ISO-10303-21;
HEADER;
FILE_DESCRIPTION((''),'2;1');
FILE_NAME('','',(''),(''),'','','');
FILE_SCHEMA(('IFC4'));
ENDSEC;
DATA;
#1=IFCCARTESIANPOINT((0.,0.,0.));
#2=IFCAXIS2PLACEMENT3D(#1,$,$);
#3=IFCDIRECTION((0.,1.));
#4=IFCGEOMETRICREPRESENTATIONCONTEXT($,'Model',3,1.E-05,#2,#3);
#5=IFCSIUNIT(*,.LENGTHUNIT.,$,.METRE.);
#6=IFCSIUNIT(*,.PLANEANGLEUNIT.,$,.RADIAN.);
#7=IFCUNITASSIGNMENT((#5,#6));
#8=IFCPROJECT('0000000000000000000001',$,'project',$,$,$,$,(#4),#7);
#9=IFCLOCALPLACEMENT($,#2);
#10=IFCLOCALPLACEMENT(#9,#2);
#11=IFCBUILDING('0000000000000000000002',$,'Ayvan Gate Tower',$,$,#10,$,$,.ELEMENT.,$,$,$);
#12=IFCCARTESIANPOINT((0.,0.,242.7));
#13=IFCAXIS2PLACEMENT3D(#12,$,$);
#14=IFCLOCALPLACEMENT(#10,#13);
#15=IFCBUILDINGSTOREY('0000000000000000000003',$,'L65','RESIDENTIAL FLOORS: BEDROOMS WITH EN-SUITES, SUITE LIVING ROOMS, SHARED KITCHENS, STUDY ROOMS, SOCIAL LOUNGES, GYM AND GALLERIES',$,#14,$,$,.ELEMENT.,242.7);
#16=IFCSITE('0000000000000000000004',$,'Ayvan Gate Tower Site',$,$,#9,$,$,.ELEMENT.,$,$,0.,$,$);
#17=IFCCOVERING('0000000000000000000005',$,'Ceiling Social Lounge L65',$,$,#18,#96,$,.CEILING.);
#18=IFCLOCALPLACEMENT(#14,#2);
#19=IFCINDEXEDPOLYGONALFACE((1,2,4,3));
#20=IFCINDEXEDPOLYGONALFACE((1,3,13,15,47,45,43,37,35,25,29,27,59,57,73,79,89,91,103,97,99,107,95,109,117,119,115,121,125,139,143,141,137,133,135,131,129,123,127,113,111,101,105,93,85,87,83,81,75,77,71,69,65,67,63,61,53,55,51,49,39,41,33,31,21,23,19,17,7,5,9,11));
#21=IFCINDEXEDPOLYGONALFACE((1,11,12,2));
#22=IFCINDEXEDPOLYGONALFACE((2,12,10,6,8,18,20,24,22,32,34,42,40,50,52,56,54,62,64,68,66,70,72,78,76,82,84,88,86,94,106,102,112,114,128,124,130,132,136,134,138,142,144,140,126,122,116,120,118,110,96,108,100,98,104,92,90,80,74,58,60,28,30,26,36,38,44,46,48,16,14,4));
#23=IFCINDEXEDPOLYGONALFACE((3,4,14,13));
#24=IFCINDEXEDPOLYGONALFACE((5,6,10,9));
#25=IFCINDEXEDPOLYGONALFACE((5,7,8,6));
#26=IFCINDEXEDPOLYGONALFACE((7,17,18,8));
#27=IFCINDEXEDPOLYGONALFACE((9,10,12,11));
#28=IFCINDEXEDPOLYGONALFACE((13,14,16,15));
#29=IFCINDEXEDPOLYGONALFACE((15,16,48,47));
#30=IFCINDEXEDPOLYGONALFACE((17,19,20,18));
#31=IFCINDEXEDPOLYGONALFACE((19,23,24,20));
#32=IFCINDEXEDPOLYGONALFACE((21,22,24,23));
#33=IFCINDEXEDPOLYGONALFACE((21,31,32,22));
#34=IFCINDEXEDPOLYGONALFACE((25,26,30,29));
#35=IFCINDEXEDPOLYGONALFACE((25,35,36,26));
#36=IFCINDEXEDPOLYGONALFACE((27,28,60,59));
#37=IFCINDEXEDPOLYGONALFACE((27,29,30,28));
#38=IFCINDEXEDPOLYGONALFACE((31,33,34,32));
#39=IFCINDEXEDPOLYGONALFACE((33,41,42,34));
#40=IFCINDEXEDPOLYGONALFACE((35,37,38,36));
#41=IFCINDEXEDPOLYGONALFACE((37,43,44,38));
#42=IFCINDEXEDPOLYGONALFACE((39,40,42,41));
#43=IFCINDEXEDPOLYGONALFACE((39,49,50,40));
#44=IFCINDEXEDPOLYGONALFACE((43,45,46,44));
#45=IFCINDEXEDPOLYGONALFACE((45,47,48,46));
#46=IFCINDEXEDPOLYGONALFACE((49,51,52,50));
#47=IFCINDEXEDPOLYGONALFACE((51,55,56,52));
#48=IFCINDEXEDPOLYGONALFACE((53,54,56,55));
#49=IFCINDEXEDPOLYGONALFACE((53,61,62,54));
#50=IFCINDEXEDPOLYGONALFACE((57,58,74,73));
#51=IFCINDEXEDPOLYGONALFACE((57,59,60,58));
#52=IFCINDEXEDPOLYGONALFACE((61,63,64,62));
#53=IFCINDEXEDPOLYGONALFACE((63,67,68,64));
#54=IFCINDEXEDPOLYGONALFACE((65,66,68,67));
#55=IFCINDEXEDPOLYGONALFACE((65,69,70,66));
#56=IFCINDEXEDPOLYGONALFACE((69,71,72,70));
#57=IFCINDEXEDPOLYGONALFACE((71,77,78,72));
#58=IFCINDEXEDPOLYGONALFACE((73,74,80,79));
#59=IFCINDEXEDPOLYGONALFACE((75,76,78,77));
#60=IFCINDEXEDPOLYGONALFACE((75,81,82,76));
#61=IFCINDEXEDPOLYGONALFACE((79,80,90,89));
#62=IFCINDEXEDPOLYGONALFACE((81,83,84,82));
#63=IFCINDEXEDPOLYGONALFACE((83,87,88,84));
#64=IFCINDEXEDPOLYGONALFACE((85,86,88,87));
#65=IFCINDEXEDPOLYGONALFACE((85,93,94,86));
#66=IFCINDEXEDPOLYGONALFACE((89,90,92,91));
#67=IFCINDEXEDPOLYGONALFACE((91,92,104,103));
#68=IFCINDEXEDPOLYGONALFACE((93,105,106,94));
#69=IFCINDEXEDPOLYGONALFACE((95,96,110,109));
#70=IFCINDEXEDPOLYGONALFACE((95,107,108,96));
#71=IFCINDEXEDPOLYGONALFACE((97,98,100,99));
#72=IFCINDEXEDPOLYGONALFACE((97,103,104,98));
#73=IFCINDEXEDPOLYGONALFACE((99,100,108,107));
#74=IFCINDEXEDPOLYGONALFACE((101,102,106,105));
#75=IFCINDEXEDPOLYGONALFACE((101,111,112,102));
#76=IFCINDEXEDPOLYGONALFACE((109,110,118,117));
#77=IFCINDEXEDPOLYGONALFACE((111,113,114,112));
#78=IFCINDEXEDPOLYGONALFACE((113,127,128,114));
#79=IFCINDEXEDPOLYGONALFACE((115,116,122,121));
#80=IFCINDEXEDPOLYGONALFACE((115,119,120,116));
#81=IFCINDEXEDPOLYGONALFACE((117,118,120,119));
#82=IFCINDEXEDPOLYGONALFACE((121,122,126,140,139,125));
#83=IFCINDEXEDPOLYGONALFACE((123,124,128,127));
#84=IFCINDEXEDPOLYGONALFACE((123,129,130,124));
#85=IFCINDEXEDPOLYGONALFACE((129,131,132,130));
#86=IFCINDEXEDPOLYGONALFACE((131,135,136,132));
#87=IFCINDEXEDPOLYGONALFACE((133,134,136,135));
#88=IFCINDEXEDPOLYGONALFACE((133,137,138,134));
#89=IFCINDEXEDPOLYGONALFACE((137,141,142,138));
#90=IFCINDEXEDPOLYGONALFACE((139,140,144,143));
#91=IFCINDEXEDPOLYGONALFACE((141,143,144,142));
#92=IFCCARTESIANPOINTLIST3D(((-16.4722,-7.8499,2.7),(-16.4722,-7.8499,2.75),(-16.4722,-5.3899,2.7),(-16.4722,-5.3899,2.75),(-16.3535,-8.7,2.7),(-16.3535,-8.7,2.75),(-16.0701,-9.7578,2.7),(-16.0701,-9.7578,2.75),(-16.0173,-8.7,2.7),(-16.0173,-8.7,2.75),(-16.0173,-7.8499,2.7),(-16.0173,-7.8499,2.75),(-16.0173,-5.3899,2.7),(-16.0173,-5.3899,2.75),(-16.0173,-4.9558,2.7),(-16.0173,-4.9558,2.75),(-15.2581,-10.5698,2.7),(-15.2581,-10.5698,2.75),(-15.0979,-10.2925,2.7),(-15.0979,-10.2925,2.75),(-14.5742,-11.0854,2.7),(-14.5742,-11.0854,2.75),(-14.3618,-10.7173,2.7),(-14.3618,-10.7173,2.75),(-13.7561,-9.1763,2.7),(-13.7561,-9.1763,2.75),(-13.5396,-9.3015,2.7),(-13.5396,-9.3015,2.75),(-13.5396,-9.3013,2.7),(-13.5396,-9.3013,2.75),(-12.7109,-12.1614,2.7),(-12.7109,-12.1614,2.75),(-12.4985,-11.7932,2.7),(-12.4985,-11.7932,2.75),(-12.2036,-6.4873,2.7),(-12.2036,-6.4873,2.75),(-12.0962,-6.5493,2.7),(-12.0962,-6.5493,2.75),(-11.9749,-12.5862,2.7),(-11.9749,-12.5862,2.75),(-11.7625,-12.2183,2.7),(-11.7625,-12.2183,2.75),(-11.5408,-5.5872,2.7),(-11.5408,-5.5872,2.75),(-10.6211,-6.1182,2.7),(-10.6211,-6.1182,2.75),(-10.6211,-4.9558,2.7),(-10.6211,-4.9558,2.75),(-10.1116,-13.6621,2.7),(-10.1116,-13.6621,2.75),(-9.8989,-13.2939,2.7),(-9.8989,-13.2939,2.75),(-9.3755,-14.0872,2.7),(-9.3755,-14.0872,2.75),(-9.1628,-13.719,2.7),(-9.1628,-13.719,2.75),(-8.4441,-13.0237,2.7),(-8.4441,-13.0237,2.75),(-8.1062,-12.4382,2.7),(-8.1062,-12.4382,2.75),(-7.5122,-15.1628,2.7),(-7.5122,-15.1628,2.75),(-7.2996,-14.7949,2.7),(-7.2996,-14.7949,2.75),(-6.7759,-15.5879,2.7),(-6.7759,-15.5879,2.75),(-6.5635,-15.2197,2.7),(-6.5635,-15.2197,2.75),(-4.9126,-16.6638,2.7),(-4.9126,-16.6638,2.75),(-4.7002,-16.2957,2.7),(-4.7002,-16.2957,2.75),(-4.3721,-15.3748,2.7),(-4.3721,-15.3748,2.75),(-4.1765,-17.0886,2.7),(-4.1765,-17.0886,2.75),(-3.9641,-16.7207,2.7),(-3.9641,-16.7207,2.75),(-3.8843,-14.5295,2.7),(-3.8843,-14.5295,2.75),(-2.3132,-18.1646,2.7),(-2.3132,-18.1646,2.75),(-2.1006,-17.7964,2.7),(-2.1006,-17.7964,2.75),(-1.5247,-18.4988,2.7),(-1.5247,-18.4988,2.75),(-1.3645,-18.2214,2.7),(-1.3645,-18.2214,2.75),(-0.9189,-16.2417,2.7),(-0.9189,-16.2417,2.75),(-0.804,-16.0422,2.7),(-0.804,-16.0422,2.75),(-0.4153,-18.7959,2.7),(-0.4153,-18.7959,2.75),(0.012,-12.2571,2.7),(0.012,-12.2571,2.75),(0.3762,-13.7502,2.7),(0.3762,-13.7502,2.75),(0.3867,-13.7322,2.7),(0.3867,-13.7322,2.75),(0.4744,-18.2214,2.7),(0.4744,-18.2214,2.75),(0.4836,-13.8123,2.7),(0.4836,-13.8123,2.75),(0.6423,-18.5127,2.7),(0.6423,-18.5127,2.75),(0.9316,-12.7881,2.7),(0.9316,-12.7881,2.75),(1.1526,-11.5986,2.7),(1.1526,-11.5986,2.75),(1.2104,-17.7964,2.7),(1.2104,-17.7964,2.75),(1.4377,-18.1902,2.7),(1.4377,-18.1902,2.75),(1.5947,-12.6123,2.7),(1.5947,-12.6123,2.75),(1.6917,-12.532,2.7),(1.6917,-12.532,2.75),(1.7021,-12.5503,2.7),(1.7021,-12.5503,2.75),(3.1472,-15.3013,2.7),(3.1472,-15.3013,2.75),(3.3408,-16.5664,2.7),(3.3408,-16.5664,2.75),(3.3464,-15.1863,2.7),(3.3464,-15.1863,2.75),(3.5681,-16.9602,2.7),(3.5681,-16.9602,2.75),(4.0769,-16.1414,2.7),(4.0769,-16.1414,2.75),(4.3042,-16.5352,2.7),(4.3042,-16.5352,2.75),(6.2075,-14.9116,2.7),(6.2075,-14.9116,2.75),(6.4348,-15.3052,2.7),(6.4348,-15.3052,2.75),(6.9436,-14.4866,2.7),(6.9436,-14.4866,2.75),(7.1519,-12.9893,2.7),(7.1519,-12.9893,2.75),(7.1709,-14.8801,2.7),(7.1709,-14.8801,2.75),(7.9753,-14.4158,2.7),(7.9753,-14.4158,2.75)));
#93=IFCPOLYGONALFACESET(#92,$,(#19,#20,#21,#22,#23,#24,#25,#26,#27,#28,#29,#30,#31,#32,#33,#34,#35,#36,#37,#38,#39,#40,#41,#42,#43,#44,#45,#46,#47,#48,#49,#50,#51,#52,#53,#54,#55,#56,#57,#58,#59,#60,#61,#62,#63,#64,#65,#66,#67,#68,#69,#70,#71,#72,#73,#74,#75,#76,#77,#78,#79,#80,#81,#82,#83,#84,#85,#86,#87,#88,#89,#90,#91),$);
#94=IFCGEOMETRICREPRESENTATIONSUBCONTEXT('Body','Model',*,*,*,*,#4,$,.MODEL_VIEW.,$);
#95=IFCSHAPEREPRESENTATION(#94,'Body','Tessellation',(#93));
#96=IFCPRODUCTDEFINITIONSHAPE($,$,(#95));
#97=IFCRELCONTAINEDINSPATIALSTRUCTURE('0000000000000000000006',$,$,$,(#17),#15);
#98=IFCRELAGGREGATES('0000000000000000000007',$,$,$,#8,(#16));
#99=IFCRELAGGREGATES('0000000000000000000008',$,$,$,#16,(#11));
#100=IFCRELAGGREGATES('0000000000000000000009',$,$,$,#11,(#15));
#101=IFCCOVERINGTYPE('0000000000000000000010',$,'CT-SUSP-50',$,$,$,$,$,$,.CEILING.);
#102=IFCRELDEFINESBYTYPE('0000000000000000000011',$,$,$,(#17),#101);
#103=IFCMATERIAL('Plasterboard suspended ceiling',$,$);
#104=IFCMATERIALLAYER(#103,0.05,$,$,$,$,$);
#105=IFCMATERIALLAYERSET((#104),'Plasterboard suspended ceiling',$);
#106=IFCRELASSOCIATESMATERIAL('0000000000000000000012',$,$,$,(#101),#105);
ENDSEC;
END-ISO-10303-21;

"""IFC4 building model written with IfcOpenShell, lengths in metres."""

from ifc_helpers import new_model, si_unit, direction, frame, origin, place, context, subcontext, project, spatial, polyline, outline, extrude, material, layer, layer_set, type_object, element, save


model = new_model("IFC4")

# Units and contexts
model_context = context("Model", 3, precision=1e-05, world=origin(), true_north=direction((0.0, 1.0)))
body_context = subcontext(model_context, "Body", "Model", "MODEL_VIEW")
ifc_project = project(units=[si_unit("LENGTHUNIT", "METRE"), si_unit("PLANEANGLEUNIT", "RADIAN")], contexts=[model_context])

# Site, building, storey
site_placement = place(None, origin())
site = spatial("IfcSite", under=ifc_project, at=site_placement, Name="Ayvan Gate Tower Site", CompositionType="ELEMENT", RefElevation=0.0)
building_placement = place(site_placement, origin())
building = spatial("IfcBuilding", under=site, at=building_placement, Name="Ayvan Gate Tower", CompositionType="ELEMENT")
storey_placement = place(building_placement, frame((0.0, 0.0, 242.7)))
storey = spatial("IfcBuildingStorey", under=building, at=storey_placement, Name="L65", Description="RESIDENTIAL FLOORS: BEDROOMS WITH EN-SUITES, SUITE LIVING ROOMS, SHARED KITCHENS, STUDY ROOMS, SOCIAL LOUNGES, GYM AND GALLERIES", CompositionType="ELEMENT", Elevation=242.7)

# Covering
ifc_material_1 = material(Name="Plasterboard suspended ceiling")
ifc_layer_1 = layer(ifc_material_1, 0.05)
ifc_layer_set_1 = layer_set([ifc_layer_1], Name="Plasterboard suspended ceiling")
covering_type = type_object("IfcCoveringType", Name="CT-SUSP-50", PredefinedType="CEILING", material=ifc_layer_set_1)
covering_1_placement = place(storey_placement, frame((0.0, 0.0, 2.7)))
element("IfcCovering", 1, at=covering_1_placement, inside=storey, type_object=covering_type, Name="Ceiling Social Lounge L65", PredefinedType="CEILING", context=body_context, shape_type="SweptSolid", body=[
    extrude(outline(polyline([(-13.5396, -9.3015), (-8.1062, -12.4382), (-8.4441, -13.0237), (-4.3721, -15.3748), (-3.8843, -14.5295), (-0.9189, -16.2417), (-0.804, -16.0422), (0.4836, -13.8123), (0.3762, -13.7502), (0.3867, -13.7322), (0.9316, -12.7881), (0.012, -12.2571), (1.1526, -11.5986), (1.6917, -12.532), (1.7021, -12.5503), (1.5947, -12.6123), (3.1472, -15.3013), (3.3464, -15.1863), (7.1519, -12.9893), (7.9753, -14.4158), (7.1709, -14.8801), (6.9436, -14.4866), (6.2075, -14.9116), (6.4348, -15.3052), (4.3042, -16.5352), (4.0769, -16.1414), (3.3408, -16.5664), (3.5681, -16.9602), (1.4377, -18.1902), (1.2104, -17.7964), (0.4744, -18.2214), (0.6423, -18.5127), (-0.4153, -18.7959), (-1.5247, -18.4988), (-1.3645, -18.2214), (-2.1006, -17.7964), (-2.3132, -18.1646), (-4.1765, -17.0886), (-3.9641, -16.7207), (-4.7002, -16.2957), (-4.9126, -16.6638), (-6.7759, -15.5879), (-6.5635, -15.2197), (-7.2996, -14.7949), (-7.5122, -15.1628), (-9.3755, -14.0872), (-9.1628, -13.719), (-9.8989, -13.2939), (-10.1116, -13.6621), (-11.9749, -12.5862), (-11.7625, -12.2183), (-12.4985, -11.7932), (-12.7109, -12.1614), (-14.5742, -11.0854), (-14.3618, -10.7173), (-15.0979, -10.2925), (-15.2581, -10.5698), (-16.0701, -9.7578), (-16.3535, -8.7), (-16.0173, -8.7), (-16.0173, -7.8499), (-16.4722, -7.8499), (-16.4722, -5.3899), (-16.0173, -5.3899), (-16.0173, -4.9558), (-10.6211, -4.9558), (-10.6211, -6.1182), (-11.5408, -5.5872), (-12.0962, -6.5493), (-12.2036, -6.4873), (-13.7561, -9.1763), (-13.5396, -9.3013), (-13.5396, -9.3015)])), origin(), (0.0, 0.0, 1.0), 0.05),
])

save(model, "model.ifc")
